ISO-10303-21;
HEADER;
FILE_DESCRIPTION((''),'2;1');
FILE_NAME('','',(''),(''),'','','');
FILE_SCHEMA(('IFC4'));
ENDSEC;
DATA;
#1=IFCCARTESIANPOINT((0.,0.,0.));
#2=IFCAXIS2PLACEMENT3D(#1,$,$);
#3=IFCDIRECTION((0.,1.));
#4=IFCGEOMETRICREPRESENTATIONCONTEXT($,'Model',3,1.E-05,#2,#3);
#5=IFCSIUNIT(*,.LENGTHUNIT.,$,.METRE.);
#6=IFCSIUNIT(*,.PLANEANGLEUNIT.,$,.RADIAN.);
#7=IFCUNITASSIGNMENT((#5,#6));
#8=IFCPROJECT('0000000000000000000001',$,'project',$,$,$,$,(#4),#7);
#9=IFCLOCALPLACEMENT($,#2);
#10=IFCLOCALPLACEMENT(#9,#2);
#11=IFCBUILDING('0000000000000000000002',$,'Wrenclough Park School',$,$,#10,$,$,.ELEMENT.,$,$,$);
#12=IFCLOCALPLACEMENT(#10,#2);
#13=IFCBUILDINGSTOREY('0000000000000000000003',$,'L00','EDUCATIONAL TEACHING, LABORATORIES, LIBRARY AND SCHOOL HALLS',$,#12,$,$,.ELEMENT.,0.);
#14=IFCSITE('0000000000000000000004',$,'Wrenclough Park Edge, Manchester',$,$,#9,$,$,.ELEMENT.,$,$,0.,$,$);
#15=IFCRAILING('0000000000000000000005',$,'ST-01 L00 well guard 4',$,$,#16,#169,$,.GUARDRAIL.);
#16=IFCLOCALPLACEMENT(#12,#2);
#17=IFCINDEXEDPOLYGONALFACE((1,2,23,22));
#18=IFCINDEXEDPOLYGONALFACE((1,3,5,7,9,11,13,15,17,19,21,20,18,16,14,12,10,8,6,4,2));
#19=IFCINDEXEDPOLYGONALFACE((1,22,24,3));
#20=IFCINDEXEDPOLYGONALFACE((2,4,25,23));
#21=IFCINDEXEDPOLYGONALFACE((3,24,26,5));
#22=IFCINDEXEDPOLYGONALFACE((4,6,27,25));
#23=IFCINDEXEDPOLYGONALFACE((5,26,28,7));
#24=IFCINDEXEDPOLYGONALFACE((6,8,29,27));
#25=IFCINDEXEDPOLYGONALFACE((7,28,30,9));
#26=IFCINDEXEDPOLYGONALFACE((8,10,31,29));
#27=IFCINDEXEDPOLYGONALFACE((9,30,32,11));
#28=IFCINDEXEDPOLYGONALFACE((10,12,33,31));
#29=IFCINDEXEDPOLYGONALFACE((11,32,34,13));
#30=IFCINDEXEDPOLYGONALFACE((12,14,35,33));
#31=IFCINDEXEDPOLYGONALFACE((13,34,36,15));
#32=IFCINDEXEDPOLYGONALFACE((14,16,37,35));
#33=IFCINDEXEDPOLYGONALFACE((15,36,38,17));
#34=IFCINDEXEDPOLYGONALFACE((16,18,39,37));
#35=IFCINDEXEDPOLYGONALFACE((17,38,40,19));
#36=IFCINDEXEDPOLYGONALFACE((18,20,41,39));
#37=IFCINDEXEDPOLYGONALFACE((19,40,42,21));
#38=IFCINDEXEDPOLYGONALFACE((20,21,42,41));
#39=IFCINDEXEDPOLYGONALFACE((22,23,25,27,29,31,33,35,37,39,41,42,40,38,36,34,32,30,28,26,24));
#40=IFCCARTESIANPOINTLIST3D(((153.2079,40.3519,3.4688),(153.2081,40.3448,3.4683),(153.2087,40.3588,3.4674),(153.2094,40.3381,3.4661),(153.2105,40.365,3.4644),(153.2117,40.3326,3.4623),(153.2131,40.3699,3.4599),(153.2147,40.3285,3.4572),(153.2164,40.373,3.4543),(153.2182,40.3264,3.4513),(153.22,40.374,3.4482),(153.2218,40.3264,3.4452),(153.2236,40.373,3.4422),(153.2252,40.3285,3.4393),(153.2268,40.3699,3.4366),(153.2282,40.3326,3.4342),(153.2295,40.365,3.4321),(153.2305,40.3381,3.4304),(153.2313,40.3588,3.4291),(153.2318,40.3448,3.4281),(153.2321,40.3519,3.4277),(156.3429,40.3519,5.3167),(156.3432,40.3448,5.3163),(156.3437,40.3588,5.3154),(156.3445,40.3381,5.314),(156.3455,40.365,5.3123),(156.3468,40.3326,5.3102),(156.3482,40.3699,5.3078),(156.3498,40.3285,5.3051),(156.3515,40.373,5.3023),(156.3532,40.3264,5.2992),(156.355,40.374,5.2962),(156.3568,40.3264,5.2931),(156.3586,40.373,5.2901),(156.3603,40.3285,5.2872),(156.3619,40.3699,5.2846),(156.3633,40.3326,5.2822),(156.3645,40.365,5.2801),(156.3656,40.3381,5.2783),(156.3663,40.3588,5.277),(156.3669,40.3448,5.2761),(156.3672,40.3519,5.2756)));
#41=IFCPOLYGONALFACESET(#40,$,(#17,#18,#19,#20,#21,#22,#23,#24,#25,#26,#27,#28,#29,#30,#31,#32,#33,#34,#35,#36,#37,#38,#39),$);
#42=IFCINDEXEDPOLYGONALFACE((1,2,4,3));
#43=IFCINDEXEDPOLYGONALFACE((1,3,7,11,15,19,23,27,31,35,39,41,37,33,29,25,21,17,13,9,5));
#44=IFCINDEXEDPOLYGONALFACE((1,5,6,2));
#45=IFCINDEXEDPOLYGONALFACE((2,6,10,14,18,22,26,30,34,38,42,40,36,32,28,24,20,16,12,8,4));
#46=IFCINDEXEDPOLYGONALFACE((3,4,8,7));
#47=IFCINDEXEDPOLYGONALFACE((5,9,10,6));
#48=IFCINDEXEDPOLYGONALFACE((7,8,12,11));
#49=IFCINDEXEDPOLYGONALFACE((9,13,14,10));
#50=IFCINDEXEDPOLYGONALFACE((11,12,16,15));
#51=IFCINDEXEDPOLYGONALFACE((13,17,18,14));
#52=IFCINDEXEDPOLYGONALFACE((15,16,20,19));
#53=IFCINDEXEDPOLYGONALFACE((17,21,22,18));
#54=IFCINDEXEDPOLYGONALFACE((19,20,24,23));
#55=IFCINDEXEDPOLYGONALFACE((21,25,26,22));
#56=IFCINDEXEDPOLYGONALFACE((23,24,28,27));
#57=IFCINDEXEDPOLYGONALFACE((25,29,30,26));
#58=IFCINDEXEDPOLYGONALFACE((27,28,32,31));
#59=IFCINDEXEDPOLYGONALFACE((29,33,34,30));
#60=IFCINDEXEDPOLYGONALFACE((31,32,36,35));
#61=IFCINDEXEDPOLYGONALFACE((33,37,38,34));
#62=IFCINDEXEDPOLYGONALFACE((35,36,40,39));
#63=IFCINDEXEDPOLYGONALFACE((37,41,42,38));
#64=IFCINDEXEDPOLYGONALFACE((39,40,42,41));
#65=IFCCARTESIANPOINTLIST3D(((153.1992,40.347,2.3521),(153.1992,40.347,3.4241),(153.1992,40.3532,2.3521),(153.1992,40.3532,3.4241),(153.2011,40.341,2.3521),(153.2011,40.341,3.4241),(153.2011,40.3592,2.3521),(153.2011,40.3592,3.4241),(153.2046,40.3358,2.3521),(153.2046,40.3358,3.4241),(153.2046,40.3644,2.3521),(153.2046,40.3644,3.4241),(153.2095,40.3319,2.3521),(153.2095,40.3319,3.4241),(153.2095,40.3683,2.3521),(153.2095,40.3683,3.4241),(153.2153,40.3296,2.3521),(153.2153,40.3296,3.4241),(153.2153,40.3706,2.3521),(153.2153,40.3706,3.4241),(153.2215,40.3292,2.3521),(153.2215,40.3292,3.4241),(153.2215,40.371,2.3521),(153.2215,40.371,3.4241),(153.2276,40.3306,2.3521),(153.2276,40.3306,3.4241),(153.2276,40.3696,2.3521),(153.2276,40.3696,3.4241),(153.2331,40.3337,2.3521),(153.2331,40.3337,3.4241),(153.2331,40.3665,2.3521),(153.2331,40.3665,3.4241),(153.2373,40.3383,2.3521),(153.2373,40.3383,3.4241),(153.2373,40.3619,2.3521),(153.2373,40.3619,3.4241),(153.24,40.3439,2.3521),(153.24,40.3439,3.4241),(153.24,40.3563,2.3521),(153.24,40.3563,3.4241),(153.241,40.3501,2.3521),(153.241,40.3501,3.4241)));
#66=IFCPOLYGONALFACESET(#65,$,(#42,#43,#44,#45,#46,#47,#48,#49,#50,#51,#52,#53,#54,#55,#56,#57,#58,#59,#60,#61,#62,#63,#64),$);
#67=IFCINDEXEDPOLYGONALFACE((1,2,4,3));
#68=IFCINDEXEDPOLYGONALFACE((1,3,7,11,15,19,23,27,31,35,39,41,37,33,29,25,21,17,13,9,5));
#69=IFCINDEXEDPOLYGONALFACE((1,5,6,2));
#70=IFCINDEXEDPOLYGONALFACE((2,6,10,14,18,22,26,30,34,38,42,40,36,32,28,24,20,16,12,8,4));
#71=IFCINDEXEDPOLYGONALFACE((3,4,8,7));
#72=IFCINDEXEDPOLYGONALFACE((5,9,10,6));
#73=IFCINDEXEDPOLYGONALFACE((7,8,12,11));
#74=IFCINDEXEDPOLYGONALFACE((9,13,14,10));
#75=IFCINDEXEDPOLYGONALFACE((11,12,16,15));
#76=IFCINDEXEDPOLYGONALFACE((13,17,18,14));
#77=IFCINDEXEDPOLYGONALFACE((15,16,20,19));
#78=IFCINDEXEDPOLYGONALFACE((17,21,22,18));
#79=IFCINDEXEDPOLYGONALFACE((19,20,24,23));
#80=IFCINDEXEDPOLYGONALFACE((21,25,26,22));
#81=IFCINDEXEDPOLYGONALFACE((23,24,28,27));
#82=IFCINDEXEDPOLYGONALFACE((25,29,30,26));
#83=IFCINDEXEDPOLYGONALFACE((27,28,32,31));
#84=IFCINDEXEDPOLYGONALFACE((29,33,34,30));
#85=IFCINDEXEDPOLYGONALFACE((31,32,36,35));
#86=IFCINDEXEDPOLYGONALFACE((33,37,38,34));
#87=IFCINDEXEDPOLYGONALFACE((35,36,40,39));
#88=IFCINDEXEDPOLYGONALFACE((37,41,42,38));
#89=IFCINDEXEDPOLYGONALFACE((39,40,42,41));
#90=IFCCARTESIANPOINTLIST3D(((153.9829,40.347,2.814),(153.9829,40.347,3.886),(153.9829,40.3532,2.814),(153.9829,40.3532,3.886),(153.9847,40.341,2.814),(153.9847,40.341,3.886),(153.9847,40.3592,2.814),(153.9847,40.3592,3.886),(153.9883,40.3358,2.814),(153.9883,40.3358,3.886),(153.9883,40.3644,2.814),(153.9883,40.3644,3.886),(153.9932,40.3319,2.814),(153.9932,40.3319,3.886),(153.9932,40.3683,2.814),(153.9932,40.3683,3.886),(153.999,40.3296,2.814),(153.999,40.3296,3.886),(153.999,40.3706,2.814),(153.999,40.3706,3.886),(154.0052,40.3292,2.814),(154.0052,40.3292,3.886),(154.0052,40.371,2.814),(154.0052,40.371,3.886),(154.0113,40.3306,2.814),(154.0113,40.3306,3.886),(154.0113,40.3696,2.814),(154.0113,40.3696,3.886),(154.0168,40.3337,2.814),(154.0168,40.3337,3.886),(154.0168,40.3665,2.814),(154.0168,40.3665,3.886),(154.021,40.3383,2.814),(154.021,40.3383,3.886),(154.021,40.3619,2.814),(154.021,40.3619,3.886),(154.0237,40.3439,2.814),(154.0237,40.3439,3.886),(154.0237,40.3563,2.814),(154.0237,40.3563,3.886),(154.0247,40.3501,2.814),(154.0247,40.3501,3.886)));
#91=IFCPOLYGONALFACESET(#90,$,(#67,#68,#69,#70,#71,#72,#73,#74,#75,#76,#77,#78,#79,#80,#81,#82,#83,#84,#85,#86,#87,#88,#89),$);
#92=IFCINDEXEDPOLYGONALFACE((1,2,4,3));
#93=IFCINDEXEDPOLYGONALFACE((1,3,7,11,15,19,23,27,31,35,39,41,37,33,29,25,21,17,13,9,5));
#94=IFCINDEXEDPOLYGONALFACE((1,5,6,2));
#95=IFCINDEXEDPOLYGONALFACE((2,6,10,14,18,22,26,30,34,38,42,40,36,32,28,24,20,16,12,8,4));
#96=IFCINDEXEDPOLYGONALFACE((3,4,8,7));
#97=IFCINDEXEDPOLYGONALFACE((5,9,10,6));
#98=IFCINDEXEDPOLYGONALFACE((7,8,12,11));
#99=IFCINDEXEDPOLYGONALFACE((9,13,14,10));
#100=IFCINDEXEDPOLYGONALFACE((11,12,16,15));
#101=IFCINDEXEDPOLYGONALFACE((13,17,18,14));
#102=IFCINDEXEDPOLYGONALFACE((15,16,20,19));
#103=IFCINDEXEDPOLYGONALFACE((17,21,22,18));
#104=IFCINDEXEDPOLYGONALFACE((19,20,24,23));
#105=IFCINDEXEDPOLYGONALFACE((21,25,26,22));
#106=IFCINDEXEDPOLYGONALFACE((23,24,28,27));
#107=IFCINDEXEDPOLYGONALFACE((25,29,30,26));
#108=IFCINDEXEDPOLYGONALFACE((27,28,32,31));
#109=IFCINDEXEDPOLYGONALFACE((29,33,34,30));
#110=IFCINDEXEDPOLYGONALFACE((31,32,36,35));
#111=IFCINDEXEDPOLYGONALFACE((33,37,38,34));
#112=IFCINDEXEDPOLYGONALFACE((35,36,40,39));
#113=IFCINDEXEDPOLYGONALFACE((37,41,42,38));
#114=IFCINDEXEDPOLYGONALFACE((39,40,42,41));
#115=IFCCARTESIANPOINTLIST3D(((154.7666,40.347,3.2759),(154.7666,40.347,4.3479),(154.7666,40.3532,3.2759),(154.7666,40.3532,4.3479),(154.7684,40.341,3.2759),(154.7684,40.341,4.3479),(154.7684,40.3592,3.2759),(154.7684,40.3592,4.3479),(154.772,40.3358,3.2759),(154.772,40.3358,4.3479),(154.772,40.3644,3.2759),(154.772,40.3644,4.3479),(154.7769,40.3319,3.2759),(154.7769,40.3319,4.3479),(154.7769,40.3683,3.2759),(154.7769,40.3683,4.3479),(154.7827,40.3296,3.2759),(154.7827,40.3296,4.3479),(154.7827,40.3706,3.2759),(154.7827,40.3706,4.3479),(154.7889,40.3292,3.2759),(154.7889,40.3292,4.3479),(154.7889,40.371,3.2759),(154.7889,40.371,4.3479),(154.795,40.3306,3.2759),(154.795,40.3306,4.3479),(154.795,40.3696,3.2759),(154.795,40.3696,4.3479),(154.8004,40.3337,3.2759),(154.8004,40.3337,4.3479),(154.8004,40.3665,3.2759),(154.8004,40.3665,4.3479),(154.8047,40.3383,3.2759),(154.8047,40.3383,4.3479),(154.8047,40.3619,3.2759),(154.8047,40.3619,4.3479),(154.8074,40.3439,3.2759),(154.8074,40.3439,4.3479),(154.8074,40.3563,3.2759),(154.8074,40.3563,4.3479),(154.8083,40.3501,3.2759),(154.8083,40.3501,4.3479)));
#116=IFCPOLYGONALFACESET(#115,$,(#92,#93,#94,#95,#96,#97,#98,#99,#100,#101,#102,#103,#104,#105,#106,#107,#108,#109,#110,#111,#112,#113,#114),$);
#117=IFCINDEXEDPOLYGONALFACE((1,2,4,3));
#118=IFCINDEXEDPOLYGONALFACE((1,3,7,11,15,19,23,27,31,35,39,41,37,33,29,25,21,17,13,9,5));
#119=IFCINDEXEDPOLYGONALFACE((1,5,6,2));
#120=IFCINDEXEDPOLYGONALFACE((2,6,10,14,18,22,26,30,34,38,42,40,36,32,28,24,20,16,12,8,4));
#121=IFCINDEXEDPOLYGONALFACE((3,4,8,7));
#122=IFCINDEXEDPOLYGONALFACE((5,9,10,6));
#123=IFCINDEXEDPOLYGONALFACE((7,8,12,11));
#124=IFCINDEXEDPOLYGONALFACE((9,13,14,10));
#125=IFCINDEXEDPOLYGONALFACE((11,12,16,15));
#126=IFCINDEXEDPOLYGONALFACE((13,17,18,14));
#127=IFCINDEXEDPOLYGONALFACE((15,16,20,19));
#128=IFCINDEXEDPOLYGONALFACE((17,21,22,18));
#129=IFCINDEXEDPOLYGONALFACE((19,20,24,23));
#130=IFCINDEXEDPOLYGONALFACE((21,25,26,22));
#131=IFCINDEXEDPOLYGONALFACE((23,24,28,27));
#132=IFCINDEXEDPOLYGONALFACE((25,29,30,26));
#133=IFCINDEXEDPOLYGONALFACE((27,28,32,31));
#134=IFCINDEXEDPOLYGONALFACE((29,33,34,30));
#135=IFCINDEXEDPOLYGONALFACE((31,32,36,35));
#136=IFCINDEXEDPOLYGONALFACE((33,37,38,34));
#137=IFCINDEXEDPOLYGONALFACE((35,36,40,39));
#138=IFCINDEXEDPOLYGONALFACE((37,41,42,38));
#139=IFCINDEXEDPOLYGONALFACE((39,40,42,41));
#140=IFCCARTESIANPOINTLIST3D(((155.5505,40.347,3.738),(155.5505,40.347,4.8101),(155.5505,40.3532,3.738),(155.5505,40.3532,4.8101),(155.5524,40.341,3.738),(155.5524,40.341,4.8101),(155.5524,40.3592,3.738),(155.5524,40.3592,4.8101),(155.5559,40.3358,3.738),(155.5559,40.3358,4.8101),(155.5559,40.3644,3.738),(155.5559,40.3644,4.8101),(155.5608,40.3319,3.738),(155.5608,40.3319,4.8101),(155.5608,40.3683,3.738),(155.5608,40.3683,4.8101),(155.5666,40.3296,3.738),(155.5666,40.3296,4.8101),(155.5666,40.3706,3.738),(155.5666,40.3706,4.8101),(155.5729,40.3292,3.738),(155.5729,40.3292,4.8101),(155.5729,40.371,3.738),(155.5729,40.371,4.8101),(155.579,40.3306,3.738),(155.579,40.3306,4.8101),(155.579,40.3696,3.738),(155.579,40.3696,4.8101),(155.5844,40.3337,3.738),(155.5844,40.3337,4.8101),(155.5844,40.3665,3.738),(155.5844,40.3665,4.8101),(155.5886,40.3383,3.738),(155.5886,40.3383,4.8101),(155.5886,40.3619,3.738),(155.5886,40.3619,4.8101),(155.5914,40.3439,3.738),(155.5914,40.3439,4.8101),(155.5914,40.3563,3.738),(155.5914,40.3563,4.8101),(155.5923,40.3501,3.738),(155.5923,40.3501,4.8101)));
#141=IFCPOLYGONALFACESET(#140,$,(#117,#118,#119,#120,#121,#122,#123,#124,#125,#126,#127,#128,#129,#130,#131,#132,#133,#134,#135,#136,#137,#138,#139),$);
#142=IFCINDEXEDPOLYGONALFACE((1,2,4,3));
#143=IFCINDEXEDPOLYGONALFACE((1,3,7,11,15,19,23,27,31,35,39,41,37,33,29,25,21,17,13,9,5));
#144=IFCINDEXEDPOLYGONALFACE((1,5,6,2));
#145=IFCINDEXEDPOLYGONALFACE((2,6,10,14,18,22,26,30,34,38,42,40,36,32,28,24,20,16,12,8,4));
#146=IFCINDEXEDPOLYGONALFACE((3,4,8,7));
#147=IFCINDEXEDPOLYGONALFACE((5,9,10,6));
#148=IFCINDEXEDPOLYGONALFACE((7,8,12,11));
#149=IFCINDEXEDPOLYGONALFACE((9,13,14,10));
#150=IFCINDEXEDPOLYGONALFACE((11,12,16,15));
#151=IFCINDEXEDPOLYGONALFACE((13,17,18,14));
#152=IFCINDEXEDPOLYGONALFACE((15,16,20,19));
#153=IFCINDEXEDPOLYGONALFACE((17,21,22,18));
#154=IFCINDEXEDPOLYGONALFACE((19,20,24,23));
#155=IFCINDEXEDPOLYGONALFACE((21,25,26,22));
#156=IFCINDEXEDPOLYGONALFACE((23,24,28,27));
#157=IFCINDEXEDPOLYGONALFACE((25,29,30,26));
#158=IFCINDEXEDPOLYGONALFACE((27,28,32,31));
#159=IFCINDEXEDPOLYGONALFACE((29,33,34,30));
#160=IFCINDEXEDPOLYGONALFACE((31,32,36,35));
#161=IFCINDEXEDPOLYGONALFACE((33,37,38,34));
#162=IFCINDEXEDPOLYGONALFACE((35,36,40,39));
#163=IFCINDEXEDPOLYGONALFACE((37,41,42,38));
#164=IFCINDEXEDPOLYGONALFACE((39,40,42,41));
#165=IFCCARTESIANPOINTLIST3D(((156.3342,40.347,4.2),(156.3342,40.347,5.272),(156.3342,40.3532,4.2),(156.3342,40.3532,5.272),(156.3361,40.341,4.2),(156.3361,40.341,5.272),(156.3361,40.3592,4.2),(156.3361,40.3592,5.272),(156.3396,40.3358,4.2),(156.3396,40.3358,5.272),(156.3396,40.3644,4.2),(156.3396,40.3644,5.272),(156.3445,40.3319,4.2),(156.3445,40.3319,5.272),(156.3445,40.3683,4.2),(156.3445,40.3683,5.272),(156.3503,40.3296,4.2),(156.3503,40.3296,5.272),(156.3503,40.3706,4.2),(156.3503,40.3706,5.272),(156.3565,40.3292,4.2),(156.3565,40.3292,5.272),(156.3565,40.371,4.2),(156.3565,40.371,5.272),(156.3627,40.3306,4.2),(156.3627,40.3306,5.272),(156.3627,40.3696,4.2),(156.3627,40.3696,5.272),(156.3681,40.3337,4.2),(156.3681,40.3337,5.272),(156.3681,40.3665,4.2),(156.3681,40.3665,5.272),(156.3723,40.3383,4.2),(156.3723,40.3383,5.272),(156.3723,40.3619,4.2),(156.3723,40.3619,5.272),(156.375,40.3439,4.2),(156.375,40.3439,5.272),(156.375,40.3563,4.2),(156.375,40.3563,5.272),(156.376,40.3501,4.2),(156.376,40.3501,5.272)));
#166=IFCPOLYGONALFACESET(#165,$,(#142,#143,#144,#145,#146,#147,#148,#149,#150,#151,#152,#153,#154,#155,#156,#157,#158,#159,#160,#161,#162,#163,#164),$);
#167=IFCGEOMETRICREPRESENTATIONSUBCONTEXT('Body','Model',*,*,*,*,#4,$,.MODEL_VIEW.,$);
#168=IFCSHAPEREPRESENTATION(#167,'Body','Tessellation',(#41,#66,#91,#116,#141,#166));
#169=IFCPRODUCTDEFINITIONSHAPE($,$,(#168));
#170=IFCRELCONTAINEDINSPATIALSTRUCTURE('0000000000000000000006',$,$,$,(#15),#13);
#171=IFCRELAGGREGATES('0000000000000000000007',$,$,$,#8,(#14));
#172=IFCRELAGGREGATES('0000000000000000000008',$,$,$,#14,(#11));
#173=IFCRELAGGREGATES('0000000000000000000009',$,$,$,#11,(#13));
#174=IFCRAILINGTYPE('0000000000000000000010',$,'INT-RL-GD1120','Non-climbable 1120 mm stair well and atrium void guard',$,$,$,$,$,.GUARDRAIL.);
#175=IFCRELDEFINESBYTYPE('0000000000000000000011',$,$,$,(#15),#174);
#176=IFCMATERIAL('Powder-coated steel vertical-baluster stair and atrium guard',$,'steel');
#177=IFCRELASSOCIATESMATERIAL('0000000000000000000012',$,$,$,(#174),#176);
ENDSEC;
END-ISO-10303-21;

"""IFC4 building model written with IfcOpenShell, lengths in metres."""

from ifc_helpers import new_model, si_unit, direction, frame, origin, origin_2d, place, context, subcontext, project, spatial, circle, extrude, material, type_object, element, save


model = new_model("IFC4")

# Units and contexts
model_context = context("Model", 3, precision=1e-05, world=origin(), true_north=direction((0.0, 1.0)))
body_context = subcontext(model_context, "Body", "Model", "MODEL_VIEW")
ifc_project = project(units=[si_unit("LENGTHUNIT", "METRE"), si_unit("PLANEANGLEUNIT", "RADIAN")], contexts=[model_context])

# Site, building, storey
site_placement = place(None, origin())
site = spatial("IfcSite", under=ifc_project, at=site_placement, Name="Wrenclough Park Edge, Manchester", CompositionType="ELEMENT", RefElevation=0.0)
building_placement = place(site_placement, origin())
building = spatial("IfcBuilding", under=site, at=building_placement, Name="Wrenclough Park School", CompositionType="ELEMENT")
storey_placement = place(building_placement, origin())
storey = spatial("IfcBuildingStorey", under=building, at=storey_placement, Name="L00", Description="EDUCATIONAL TEACHING, LABORATORIES, LIBRARY AND SCHOOL HALLS", CompositionType="ELEMENT", Elevation=0.0)

# Railing
ifc_material_1 = material(Name="Powder-coated steel vertical-baluster stair and atrium guard", Category="steel")
railing_type_1 = type_object("IfcRailingType", Name="INT-RL-GD1120", Description="Non-climbable 1120 mm stair well and atrium void guard", PredefinedType="GUARDRAIL", material=ifc_material_1)
railing_1_placement = place(storey_placement, frame((153.22, 40.3501, 2.3521)))
element("IfcRailing", 1, at=railing_1_placement, inside=storey, type_object=railing_type_1, Name="ST-01 L00 well guard 4", PredefinedType="GUARDRAIL", context=body_context, shape_type="SweptSolid", body=[
    extrude(circle(Radius=0.0239, at=origin_2d()), frame((0.0, 0.0, 1.0962), z_axis=(0.86148, 0.0, 0.507791), x_axis=(0.0, 1.0, 0.0)), (0.0, 0.0, 1.0), 3.6392),
    extrude(circle(Radius=0.021, at=origin_2d()), origin(), (0.0, 0.0, 1.0), 1.072),
    extrude(circle(Radius=0.021, at=origin_2d()), frame((0.7837, 0.0, 0.4619)), (0.0, 0.0, 1.0), 1.072),
    extrude(circle(Radius=0.021, at=origin_2d()), frame((1.5674, 0.0, 0.9238)), (0.0, 0.0, 1.0), 1.072),
    extrude(circle(Radius=0.021, at=origin_2d()), frame((2.3513, 0.0, 1.386)), (0.0, 0.0, 1.0), 1.072),
    extrude(circle(Radius=0.021, at=origin_2d()), frame((3.135, 0.0, 1.8479)), (0.0, 0.0, 1.0), 1.072),
])

save(model, "model.ifc")
